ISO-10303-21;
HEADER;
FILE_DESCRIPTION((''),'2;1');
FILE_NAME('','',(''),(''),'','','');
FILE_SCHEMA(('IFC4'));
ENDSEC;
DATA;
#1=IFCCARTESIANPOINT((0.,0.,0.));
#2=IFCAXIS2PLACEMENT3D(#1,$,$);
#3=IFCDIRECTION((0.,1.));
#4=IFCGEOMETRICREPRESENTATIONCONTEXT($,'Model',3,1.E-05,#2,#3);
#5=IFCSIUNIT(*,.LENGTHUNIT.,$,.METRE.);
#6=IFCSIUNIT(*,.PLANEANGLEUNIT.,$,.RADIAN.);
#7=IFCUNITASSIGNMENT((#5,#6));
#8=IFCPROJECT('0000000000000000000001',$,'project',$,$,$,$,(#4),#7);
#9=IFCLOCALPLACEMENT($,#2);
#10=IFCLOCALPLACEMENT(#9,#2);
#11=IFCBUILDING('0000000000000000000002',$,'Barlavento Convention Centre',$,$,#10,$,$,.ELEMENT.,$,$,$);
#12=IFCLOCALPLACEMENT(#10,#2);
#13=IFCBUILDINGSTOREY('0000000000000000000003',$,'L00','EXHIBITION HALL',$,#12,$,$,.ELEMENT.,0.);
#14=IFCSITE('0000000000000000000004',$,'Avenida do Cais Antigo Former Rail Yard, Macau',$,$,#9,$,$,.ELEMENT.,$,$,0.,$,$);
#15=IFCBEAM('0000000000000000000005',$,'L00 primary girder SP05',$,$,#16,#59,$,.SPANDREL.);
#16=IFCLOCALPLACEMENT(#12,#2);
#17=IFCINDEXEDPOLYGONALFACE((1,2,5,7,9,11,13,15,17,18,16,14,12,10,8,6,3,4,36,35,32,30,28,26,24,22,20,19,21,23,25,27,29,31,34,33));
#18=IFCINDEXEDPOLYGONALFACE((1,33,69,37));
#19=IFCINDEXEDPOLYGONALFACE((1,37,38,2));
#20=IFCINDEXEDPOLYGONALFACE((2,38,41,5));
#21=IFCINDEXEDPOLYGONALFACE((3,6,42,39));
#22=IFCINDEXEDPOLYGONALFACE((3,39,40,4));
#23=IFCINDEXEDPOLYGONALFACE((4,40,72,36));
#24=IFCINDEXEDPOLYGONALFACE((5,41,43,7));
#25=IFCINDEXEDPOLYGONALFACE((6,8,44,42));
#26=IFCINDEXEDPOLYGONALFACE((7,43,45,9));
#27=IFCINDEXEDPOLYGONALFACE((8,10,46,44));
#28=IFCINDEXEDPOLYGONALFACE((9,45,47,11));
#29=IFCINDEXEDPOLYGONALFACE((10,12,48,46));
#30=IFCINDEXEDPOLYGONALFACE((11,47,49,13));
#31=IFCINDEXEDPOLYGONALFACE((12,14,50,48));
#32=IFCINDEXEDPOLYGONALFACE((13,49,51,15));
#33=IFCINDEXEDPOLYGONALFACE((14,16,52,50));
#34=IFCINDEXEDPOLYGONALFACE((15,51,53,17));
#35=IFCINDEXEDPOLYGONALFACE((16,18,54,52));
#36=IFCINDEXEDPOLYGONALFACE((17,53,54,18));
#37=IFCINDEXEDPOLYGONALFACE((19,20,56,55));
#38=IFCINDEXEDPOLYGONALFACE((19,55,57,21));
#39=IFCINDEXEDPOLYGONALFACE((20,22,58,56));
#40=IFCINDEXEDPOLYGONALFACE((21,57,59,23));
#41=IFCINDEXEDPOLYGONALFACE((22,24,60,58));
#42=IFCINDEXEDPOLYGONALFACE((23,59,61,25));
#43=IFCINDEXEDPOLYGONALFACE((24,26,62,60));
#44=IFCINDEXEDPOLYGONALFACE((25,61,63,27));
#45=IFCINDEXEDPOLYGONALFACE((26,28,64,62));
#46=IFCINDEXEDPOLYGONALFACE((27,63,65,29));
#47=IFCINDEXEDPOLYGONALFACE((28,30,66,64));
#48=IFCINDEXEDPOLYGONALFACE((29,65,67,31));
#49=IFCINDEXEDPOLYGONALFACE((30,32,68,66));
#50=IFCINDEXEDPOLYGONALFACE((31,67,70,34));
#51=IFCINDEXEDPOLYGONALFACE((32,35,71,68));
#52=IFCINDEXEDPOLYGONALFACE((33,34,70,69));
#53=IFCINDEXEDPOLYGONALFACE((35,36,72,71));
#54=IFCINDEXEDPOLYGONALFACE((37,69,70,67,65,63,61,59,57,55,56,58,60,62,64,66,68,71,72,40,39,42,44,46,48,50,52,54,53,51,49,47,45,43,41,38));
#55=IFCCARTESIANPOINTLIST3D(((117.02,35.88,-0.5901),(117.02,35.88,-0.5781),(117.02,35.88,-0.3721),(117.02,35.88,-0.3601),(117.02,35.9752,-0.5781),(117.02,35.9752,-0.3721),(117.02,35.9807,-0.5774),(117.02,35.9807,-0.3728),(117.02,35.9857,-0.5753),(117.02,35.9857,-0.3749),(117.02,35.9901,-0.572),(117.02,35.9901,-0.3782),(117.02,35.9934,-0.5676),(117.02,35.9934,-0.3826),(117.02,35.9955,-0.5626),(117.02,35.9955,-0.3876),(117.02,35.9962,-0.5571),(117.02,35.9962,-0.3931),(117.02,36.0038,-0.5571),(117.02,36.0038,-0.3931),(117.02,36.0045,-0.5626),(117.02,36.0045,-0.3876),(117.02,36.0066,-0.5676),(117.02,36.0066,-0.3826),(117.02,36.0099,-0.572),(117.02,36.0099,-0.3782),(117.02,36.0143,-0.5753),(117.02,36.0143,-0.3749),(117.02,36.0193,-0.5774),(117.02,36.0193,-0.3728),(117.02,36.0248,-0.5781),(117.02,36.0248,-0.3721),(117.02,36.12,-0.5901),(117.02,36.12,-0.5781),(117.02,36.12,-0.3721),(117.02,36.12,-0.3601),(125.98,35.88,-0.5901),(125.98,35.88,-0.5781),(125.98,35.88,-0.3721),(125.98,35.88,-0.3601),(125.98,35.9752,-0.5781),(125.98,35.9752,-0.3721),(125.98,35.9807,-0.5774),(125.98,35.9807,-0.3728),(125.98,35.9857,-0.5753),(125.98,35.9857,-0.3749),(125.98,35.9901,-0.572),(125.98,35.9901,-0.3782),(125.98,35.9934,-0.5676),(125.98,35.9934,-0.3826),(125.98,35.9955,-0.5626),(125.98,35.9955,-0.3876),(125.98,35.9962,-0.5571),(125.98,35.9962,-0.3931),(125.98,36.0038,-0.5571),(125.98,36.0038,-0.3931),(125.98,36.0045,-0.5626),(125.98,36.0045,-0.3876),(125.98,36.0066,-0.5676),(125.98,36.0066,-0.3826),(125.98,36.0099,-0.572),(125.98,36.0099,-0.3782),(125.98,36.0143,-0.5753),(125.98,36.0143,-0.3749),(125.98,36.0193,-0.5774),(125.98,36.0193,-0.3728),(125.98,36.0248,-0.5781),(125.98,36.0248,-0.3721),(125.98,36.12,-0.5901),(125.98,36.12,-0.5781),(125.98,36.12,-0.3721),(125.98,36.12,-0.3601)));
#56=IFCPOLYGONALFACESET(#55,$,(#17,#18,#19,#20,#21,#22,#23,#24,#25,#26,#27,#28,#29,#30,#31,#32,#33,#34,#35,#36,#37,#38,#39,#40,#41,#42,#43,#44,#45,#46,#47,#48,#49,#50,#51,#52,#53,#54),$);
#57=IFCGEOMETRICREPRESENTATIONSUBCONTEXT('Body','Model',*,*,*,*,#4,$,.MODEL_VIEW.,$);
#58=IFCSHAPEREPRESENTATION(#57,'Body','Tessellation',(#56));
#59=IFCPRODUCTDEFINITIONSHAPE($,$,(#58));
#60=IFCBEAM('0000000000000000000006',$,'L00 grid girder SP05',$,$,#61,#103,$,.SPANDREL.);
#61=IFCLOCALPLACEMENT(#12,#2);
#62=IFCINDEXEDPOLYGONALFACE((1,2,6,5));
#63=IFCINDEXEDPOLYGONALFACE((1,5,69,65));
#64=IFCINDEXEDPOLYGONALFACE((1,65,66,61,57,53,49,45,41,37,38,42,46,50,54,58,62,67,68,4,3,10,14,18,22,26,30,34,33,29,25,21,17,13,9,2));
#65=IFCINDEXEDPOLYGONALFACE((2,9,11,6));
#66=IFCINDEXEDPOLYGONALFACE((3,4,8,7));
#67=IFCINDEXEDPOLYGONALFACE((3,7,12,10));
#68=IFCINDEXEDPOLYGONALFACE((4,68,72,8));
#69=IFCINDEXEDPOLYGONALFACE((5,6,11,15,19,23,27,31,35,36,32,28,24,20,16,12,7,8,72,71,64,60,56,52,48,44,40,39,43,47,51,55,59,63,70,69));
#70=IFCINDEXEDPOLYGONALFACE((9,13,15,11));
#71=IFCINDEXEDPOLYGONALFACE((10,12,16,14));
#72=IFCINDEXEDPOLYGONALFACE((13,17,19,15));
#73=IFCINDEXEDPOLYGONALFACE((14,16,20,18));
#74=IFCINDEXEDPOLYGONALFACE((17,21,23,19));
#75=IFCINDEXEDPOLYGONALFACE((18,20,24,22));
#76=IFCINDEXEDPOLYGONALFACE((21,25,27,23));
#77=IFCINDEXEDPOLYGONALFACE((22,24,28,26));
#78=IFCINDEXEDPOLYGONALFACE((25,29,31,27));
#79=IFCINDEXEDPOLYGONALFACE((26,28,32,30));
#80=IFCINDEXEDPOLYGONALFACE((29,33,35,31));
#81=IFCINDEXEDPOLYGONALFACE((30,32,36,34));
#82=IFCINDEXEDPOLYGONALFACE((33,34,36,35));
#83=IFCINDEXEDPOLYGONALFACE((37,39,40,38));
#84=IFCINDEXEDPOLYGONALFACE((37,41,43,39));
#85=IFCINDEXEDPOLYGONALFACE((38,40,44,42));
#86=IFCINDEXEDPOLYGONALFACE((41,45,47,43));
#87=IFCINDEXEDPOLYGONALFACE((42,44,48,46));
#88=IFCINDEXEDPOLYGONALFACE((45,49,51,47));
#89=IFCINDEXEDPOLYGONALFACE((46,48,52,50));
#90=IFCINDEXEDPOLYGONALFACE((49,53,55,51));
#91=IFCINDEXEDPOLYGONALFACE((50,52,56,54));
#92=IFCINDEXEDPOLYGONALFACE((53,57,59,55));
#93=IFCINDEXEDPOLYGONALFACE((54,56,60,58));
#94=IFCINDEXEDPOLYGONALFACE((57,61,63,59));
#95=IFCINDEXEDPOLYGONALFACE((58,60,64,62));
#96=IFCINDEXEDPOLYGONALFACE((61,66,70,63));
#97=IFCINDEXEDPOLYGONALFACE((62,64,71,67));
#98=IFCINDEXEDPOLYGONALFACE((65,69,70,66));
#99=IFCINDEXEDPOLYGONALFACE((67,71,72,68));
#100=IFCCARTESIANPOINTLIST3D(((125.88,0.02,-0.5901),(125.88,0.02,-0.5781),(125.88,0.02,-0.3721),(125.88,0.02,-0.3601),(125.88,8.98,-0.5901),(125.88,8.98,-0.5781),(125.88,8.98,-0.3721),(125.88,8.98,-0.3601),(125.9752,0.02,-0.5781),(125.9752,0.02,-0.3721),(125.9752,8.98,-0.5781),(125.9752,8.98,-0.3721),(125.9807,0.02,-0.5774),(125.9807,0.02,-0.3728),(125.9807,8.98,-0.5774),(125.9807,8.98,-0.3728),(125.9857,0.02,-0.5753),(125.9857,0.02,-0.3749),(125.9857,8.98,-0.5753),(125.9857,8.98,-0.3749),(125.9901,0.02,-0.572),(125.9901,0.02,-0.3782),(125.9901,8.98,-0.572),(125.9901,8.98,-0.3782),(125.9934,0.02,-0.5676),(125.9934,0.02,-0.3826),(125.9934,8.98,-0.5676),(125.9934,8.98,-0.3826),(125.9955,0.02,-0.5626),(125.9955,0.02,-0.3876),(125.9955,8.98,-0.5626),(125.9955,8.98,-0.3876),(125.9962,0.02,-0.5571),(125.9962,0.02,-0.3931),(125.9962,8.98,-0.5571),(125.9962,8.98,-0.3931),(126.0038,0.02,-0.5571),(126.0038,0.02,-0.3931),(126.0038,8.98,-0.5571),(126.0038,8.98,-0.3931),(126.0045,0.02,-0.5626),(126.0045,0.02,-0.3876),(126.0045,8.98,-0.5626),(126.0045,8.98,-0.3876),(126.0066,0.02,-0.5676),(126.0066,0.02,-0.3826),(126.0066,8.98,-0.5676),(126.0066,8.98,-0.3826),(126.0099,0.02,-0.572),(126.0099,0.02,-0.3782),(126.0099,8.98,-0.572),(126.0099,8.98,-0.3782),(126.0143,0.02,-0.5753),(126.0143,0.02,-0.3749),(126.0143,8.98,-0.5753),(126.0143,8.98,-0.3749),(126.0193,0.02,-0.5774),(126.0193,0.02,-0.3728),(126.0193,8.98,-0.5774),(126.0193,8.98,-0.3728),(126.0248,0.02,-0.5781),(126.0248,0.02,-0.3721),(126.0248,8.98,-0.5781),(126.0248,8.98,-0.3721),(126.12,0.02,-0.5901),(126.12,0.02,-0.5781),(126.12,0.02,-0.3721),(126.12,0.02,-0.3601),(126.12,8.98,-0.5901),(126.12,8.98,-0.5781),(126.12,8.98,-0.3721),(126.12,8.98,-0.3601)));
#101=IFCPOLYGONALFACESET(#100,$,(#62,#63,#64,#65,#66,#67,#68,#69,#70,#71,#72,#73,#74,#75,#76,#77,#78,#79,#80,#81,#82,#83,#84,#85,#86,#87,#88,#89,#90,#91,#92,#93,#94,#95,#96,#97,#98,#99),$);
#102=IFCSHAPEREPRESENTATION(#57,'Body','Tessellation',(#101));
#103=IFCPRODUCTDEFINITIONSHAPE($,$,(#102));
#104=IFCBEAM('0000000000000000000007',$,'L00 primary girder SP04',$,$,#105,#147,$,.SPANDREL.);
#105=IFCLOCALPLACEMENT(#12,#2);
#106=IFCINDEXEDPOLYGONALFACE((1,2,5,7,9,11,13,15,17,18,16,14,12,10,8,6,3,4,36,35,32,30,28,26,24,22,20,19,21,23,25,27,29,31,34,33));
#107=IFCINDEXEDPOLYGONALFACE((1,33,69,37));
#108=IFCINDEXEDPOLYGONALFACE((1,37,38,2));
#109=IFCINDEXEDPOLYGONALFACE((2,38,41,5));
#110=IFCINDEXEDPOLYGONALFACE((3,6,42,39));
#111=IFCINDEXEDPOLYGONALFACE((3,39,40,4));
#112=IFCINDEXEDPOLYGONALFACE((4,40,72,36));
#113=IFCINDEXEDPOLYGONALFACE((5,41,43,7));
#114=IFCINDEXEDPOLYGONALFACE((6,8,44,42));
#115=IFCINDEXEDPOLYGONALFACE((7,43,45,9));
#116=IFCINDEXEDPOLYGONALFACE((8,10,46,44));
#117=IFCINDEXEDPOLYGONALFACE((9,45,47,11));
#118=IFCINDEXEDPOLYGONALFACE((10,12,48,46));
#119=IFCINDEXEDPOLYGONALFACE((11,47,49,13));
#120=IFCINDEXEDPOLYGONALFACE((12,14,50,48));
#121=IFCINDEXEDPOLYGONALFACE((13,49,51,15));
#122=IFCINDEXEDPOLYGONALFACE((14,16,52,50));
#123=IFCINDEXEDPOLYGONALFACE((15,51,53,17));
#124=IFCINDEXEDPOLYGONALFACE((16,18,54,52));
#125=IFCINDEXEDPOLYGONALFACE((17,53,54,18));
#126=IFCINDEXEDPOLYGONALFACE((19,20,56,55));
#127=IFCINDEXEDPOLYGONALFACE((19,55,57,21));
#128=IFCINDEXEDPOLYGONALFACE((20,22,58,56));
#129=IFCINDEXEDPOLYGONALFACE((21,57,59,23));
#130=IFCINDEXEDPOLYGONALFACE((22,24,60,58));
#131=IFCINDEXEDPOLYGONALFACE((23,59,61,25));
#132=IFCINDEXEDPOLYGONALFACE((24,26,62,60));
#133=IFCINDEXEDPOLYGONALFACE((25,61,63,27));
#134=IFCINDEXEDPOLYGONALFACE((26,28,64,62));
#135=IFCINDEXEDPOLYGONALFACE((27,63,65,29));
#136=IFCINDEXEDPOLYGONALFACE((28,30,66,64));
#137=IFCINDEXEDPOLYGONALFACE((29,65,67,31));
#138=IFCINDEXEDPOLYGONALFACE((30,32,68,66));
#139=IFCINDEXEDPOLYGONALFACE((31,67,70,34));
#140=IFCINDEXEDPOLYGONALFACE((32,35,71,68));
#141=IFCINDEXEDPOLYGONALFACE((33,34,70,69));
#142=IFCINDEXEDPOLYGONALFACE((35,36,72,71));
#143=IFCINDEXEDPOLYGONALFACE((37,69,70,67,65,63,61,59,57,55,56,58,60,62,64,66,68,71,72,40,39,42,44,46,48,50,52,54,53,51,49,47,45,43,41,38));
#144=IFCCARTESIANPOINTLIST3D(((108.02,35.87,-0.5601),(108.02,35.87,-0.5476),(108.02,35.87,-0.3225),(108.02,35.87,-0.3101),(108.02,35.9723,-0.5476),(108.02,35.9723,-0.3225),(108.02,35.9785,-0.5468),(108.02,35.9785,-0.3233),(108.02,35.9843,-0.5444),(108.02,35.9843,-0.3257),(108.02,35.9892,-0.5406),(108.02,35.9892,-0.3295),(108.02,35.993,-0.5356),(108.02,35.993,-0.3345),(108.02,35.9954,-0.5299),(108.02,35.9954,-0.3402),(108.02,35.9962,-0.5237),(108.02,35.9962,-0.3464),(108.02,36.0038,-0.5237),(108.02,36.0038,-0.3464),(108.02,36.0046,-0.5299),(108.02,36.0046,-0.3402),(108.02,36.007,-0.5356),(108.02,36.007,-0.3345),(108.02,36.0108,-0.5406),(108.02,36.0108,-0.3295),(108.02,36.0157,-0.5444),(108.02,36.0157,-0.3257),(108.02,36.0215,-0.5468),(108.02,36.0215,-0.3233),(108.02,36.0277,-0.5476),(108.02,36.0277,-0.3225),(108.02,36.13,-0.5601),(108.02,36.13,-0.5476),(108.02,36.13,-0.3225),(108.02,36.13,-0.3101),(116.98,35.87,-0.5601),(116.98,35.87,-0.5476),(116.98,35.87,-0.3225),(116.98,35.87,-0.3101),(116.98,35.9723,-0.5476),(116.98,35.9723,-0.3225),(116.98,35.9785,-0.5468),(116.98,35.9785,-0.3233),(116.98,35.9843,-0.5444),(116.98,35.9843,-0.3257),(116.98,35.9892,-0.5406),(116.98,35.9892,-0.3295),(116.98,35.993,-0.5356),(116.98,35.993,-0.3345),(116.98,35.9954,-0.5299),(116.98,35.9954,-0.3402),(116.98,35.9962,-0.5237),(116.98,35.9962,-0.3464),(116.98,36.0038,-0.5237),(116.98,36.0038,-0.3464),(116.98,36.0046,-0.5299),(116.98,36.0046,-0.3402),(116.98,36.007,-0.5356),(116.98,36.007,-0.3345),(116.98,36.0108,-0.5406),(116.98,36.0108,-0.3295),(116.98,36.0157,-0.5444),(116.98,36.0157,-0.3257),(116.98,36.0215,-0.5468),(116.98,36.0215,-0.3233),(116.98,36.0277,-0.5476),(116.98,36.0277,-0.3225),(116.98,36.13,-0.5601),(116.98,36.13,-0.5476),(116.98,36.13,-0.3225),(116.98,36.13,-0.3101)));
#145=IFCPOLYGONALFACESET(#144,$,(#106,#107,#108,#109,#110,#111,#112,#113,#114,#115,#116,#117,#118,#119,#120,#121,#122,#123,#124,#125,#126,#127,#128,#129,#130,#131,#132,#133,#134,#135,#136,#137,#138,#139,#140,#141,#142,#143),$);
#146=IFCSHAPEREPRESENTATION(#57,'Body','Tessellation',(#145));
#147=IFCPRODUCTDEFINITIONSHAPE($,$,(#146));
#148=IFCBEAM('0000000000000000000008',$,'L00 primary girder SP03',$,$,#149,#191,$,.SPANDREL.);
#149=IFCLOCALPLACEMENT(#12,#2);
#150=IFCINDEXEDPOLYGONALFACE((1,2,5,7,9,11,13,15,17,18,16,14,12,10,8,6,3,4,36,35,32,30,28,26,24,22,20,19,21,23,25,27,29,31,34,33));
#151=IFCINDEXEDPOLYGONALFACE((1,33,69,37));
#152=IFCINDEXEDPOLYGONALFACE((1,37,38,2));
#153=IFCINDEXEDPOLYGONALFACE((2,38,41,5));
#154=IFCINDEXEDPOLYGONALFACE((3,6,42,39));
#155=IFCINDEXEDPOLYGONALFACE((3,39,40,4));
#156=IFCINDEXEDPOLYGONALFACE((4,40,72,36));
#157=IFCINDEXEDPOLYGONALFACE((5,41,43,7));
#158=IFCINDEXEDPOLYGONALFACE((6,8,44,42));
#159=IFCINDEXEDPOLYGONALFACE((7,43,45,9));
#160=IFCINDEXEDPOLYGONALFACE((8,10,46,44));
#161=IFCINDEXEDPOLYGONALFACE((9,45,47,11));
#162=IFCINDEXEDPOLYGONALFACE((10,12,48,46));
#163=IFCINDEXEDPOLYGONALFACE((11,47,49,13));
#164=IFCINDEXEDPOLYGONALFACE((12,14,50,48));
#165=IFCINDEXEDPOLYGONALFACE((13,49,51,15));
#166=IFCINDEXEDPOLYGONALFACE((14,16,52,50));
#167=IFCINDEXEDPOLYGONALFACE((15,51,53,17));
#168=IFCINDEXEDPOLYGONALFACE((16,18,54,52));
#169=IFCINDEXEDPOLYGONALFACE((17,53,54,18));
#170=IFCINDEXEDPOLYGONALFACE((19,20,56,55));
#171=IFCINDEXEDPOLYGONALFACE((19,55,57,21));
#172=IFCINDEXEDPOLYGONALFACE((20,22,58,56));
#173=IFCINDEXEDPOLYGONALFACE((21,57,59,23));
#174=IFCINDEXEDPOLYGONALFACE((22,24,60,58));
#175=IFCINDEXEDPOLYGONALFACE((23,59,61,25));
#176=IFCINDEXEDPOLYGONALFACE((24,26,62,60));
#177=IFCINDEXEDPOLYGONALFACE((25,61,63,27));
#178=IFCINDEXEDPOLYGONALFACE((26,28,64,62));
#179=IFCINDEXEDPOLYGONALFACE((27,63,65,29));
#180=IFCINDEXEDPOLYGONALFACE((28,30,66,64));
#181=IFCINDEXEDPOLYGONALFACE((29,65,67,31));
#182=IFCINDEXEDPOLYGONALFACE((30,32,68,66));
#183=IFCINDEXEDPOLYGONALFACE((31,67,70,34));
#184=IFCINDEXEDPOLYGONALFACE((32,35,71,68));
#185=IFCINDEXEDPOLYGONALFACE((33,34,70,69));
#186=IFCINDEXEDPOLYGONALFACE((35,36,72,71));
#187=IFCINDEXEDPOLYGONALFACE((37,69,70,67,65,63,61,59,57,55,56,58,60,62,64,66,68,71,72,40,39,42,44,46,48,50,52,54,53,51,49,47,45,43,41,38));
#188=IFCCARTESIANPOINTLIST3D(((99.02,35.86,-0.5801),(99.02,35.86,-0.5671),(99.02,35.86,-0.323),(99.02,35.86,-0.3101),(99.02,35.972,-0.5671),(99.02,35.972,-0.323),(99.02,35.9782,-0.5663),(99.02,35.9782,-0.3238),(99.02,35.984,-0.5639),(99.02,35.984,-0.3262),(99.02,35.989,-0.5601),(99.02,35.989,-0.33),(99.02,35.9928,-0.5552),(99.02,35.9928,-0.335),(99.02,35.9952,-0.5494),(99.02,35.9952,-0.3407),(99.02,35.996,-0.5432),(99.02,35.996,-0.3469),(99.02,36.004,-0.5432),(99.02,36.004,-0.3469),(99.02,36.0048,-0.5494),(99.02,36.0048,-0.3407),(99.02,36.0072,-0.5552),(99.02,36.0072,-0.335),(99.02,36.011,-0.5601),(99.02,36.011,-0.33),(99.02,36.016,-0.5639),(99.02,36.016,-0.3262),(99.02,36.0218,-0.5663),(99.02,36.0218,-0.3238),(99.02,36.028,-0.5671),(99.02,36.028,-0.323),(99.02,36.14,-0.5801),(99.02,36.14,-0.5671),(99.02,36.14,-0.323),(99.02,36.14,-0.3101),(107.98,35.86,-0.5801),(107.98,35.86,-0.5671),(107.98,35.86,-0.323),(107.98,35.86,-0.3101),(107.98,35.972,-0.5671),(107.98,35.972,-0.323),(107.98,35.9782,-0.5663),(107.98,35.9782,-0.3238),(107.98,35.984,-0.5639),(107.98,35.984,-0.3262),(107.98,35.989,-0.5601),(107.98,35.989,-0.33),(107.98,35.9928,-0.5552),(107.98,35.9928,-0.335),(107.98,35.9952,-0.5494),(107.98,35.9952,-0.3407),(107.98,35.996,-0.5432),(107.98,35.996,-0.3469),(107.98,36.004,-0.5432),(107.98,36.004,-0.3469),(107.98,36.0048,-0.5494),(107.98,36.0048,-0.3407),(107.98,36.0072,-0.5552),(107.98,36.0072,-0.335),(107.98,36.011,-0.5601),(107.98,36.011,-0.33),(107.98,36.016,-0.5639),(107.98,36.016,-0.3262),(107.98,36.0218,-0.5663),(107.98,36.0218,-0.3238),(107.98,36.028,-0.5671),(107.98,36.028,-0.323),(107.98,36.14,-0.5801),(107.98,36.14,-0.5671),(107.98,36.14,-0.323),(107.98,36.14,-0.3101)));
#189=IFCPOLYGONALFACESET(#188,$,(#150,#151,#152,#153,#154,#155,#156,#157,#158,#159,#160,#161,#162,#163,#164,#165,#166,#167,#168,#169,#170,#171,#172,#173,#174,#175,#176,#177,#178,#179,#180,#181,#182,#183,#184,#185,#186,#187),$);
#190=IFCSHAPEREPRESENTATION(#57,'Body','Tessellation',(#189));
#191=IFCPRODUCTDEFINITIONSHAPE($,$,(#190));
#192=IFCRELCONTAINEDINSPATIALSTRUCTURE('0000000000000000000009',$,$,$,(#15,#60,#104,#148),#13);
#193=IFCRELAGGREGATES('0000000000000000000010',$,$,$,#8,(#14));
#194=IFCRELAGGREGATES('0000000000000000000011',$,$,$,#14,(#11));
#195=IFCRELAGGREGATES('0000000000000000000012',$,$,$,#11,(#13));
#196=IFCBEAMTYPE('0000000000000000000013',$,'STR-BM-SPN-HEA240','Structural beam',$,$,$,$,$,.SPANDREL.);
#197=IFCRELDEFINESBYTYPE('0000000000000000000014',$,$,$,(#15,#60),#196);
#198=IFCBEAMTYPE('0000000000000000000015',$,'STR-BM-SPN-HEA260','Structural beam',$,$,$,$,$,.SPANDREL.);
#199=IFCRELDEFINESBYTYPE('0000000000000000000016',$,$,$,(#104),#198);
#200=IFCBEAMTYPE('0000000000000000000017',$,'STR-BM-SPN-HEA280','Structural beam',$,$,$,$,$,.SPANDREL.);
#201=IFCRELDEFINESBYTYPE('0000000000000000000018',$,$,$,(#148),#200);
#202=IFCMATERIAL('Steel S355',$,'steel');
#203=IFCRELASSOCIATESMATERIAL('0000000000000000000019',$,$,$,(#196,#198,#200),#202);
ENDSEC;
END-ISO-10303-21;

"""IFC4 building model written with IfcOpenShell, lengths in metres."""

from ifc_helpers import new_model, si_unit, direction, frame, origin, origin_2d, place, context, subcontext, project, spatial, i_section, extrude, material, material_profile, profile_set, type_object, element, save


model = new_model("IFC4")

# Units and contexts
model_context = context("Model", 3, precision=1e-05, world=origin(), true_north=direction((0.0, 1.0)))
body_context = subcontext(model_context, "Body", "Model", "MODEL_VIEW")
ifc_project = project(units=[si_unit("LENGTHUNIT", "METRE"), si_unit("PLANEANGLEUNIT", "RADIAN")], contexts=[model_context])

# Site, building, storey
site_placement = place(None, origin())
site = spatial("IfcSite", under=ifc_project, at=site_placement, Name="Avenida do Cais Antigo Former Rail Yard, Macau", CompositionType="ELEMENT", RefElevation=0.0)
building_placement = place(site_placement, origin())
building = spatial("IfcBuilding", under=site, at=building_placement, Name="Barlavento Convention Centre", CompositionType="ELEMENT")
storey_placement = place(building_placement, origin())
storey = spatial("IfcBuildingStorey", under=building, at=storey_placement, Name="L00", Description="EXHIBITION HALL", CompositionType="ELEMENT", Elevation=0.0)

# Beams
ifc_material_1 = material(Name="Steel S355", Category="steel")
ifc_material_profile_1 = material_profile(ifc_material_1, i_section(OverallWidth=0.24, OverallDepth=0.23, WebThickness=0.0076, FlangeThickness=0.012, FilletRadius=0.021, at=origin_2d()), Name="HEA 240")
ifc_profile_set_1 = profile_set([ifc_material_profile_1], Name="Steel S355")
beam_type_1 = type_object("IfcBeamType", Name="STR-BM-SPN-HEA240", Description="Structural beam", PredefinedType="SPANDREL", material=ifc_profile_set_1)
for number, where, z_axis, x_axis, name in (
    (1, (117.02, 36.0, -0.4751), (1.0, 0.0, 0.0), (0.0, 1.0, 0.0), "L00 primary girder SP05"),
    (2, (126.0, 0.02, -0.4751), (0.0, 1.0, 0.0), (-1.0, 0.0, 0.0), "L00 grid girder SP05"),
):
    element("IfcBeam", number, at=place(storey_placement, frame(where, z_axis=z_axis, x_axis=x_axis)), inside=storey, type_object=beam_type_1, Name=name, PredefinedType="SPANDREL", context=body_context, shape_type="SweptSolid", body=[
        extrude(i_section(OverallWidth=0.24, OverallDepth=0.23, WebThickness=0.0076, FlangeThickness=0.012, FilletRadius=0.021, at=origin_2d()), origin(), (0.0, 0.0, 1.0), 8.96),
    ])
ifc_material_profile_2 = material_profile(ifc_material_1, i_section(OverallWidth=0.26, OverallDepth=0.25, WebThickness=0.0076, FlangeThickness=0.0125, FilletRadius=0.0239, at=origin_2d()), Name="HEA 260")
ifc_profile_set_2 = profile_set([ifc_material_profile_2], Name="Steel S355")
beam_type_2 = type_object("IfcBeamType", Name="STR-BM-SPN-HEA260", Description="Structural beam", PredefinedType="SPANDREL", material=ifc_profile_set_2)
beam_1_placement = place(storey_placement, frame((108.02, 36.0, -0.4351), z_axis=(1.0, 0.0, 0.0), x_axis=(0.0, 1.0, 0.0)))
element("IfcBeam", 3, at=beam_1_placement, inside=storey, type_object=beam_type_2, Name="L00 primary girder SP04", PredefinedType="SPANDREL", context=body_context, shape_type="SweptSolid", body=[
    extrude(i_section(OverallWidth=0.26, OverallDepth=0.25, WebThickness=0.0076, FlangeThickness=0.0125, FilletRadius=0.0239, at=origin_2d()), origin(), (0.0, 0.0, 1.0), 8.96),
])
ifc_material_profile_3 = material_profile(ifc_material_1, i_section(OverallWidth=0.28, OverallDepth=0.27, WebThickness=0.0081, FlangeThickness=0.0129, FilletRadius=0.0239, at=origin_2d()), Name="HEA 280")
ifc_profile_set_3 = profile_set([ifc_material_profile_3], Name="Steel S355")
beam_type_3 = type_object("IfcBeamType", Name="STR-BM-SPN-HEA280", Description="Structural beam", PredefinedType="SPANDREL", material=ifc_profile_set_3)
beam_2_placement = place(storey_placement, frame((99.02, 36.0, -0.4451), z_axis=(1.0, 0.0, 0.0), x_axis=(0.0, 1.0, 0.0)))
element("IfcBeam", 4, at=beam_2_placement, inside=storey, type_object=beam_type_3, Name="L00 primary girder SP03", PredefinedType="SPANDREL", context=body_context, shape_type="SweptSolid", body=[
    extrude(i_section(OverallWidth=0.28, OverallDepth=0.27, WebThickness=0.0081, FlangeThickness=0.0129, FilletRadius=0.0239, at=origin_2d()), origin(), (0.0, 0.0, 1.0), 8.96),
])

save(model, "model.ifc")
